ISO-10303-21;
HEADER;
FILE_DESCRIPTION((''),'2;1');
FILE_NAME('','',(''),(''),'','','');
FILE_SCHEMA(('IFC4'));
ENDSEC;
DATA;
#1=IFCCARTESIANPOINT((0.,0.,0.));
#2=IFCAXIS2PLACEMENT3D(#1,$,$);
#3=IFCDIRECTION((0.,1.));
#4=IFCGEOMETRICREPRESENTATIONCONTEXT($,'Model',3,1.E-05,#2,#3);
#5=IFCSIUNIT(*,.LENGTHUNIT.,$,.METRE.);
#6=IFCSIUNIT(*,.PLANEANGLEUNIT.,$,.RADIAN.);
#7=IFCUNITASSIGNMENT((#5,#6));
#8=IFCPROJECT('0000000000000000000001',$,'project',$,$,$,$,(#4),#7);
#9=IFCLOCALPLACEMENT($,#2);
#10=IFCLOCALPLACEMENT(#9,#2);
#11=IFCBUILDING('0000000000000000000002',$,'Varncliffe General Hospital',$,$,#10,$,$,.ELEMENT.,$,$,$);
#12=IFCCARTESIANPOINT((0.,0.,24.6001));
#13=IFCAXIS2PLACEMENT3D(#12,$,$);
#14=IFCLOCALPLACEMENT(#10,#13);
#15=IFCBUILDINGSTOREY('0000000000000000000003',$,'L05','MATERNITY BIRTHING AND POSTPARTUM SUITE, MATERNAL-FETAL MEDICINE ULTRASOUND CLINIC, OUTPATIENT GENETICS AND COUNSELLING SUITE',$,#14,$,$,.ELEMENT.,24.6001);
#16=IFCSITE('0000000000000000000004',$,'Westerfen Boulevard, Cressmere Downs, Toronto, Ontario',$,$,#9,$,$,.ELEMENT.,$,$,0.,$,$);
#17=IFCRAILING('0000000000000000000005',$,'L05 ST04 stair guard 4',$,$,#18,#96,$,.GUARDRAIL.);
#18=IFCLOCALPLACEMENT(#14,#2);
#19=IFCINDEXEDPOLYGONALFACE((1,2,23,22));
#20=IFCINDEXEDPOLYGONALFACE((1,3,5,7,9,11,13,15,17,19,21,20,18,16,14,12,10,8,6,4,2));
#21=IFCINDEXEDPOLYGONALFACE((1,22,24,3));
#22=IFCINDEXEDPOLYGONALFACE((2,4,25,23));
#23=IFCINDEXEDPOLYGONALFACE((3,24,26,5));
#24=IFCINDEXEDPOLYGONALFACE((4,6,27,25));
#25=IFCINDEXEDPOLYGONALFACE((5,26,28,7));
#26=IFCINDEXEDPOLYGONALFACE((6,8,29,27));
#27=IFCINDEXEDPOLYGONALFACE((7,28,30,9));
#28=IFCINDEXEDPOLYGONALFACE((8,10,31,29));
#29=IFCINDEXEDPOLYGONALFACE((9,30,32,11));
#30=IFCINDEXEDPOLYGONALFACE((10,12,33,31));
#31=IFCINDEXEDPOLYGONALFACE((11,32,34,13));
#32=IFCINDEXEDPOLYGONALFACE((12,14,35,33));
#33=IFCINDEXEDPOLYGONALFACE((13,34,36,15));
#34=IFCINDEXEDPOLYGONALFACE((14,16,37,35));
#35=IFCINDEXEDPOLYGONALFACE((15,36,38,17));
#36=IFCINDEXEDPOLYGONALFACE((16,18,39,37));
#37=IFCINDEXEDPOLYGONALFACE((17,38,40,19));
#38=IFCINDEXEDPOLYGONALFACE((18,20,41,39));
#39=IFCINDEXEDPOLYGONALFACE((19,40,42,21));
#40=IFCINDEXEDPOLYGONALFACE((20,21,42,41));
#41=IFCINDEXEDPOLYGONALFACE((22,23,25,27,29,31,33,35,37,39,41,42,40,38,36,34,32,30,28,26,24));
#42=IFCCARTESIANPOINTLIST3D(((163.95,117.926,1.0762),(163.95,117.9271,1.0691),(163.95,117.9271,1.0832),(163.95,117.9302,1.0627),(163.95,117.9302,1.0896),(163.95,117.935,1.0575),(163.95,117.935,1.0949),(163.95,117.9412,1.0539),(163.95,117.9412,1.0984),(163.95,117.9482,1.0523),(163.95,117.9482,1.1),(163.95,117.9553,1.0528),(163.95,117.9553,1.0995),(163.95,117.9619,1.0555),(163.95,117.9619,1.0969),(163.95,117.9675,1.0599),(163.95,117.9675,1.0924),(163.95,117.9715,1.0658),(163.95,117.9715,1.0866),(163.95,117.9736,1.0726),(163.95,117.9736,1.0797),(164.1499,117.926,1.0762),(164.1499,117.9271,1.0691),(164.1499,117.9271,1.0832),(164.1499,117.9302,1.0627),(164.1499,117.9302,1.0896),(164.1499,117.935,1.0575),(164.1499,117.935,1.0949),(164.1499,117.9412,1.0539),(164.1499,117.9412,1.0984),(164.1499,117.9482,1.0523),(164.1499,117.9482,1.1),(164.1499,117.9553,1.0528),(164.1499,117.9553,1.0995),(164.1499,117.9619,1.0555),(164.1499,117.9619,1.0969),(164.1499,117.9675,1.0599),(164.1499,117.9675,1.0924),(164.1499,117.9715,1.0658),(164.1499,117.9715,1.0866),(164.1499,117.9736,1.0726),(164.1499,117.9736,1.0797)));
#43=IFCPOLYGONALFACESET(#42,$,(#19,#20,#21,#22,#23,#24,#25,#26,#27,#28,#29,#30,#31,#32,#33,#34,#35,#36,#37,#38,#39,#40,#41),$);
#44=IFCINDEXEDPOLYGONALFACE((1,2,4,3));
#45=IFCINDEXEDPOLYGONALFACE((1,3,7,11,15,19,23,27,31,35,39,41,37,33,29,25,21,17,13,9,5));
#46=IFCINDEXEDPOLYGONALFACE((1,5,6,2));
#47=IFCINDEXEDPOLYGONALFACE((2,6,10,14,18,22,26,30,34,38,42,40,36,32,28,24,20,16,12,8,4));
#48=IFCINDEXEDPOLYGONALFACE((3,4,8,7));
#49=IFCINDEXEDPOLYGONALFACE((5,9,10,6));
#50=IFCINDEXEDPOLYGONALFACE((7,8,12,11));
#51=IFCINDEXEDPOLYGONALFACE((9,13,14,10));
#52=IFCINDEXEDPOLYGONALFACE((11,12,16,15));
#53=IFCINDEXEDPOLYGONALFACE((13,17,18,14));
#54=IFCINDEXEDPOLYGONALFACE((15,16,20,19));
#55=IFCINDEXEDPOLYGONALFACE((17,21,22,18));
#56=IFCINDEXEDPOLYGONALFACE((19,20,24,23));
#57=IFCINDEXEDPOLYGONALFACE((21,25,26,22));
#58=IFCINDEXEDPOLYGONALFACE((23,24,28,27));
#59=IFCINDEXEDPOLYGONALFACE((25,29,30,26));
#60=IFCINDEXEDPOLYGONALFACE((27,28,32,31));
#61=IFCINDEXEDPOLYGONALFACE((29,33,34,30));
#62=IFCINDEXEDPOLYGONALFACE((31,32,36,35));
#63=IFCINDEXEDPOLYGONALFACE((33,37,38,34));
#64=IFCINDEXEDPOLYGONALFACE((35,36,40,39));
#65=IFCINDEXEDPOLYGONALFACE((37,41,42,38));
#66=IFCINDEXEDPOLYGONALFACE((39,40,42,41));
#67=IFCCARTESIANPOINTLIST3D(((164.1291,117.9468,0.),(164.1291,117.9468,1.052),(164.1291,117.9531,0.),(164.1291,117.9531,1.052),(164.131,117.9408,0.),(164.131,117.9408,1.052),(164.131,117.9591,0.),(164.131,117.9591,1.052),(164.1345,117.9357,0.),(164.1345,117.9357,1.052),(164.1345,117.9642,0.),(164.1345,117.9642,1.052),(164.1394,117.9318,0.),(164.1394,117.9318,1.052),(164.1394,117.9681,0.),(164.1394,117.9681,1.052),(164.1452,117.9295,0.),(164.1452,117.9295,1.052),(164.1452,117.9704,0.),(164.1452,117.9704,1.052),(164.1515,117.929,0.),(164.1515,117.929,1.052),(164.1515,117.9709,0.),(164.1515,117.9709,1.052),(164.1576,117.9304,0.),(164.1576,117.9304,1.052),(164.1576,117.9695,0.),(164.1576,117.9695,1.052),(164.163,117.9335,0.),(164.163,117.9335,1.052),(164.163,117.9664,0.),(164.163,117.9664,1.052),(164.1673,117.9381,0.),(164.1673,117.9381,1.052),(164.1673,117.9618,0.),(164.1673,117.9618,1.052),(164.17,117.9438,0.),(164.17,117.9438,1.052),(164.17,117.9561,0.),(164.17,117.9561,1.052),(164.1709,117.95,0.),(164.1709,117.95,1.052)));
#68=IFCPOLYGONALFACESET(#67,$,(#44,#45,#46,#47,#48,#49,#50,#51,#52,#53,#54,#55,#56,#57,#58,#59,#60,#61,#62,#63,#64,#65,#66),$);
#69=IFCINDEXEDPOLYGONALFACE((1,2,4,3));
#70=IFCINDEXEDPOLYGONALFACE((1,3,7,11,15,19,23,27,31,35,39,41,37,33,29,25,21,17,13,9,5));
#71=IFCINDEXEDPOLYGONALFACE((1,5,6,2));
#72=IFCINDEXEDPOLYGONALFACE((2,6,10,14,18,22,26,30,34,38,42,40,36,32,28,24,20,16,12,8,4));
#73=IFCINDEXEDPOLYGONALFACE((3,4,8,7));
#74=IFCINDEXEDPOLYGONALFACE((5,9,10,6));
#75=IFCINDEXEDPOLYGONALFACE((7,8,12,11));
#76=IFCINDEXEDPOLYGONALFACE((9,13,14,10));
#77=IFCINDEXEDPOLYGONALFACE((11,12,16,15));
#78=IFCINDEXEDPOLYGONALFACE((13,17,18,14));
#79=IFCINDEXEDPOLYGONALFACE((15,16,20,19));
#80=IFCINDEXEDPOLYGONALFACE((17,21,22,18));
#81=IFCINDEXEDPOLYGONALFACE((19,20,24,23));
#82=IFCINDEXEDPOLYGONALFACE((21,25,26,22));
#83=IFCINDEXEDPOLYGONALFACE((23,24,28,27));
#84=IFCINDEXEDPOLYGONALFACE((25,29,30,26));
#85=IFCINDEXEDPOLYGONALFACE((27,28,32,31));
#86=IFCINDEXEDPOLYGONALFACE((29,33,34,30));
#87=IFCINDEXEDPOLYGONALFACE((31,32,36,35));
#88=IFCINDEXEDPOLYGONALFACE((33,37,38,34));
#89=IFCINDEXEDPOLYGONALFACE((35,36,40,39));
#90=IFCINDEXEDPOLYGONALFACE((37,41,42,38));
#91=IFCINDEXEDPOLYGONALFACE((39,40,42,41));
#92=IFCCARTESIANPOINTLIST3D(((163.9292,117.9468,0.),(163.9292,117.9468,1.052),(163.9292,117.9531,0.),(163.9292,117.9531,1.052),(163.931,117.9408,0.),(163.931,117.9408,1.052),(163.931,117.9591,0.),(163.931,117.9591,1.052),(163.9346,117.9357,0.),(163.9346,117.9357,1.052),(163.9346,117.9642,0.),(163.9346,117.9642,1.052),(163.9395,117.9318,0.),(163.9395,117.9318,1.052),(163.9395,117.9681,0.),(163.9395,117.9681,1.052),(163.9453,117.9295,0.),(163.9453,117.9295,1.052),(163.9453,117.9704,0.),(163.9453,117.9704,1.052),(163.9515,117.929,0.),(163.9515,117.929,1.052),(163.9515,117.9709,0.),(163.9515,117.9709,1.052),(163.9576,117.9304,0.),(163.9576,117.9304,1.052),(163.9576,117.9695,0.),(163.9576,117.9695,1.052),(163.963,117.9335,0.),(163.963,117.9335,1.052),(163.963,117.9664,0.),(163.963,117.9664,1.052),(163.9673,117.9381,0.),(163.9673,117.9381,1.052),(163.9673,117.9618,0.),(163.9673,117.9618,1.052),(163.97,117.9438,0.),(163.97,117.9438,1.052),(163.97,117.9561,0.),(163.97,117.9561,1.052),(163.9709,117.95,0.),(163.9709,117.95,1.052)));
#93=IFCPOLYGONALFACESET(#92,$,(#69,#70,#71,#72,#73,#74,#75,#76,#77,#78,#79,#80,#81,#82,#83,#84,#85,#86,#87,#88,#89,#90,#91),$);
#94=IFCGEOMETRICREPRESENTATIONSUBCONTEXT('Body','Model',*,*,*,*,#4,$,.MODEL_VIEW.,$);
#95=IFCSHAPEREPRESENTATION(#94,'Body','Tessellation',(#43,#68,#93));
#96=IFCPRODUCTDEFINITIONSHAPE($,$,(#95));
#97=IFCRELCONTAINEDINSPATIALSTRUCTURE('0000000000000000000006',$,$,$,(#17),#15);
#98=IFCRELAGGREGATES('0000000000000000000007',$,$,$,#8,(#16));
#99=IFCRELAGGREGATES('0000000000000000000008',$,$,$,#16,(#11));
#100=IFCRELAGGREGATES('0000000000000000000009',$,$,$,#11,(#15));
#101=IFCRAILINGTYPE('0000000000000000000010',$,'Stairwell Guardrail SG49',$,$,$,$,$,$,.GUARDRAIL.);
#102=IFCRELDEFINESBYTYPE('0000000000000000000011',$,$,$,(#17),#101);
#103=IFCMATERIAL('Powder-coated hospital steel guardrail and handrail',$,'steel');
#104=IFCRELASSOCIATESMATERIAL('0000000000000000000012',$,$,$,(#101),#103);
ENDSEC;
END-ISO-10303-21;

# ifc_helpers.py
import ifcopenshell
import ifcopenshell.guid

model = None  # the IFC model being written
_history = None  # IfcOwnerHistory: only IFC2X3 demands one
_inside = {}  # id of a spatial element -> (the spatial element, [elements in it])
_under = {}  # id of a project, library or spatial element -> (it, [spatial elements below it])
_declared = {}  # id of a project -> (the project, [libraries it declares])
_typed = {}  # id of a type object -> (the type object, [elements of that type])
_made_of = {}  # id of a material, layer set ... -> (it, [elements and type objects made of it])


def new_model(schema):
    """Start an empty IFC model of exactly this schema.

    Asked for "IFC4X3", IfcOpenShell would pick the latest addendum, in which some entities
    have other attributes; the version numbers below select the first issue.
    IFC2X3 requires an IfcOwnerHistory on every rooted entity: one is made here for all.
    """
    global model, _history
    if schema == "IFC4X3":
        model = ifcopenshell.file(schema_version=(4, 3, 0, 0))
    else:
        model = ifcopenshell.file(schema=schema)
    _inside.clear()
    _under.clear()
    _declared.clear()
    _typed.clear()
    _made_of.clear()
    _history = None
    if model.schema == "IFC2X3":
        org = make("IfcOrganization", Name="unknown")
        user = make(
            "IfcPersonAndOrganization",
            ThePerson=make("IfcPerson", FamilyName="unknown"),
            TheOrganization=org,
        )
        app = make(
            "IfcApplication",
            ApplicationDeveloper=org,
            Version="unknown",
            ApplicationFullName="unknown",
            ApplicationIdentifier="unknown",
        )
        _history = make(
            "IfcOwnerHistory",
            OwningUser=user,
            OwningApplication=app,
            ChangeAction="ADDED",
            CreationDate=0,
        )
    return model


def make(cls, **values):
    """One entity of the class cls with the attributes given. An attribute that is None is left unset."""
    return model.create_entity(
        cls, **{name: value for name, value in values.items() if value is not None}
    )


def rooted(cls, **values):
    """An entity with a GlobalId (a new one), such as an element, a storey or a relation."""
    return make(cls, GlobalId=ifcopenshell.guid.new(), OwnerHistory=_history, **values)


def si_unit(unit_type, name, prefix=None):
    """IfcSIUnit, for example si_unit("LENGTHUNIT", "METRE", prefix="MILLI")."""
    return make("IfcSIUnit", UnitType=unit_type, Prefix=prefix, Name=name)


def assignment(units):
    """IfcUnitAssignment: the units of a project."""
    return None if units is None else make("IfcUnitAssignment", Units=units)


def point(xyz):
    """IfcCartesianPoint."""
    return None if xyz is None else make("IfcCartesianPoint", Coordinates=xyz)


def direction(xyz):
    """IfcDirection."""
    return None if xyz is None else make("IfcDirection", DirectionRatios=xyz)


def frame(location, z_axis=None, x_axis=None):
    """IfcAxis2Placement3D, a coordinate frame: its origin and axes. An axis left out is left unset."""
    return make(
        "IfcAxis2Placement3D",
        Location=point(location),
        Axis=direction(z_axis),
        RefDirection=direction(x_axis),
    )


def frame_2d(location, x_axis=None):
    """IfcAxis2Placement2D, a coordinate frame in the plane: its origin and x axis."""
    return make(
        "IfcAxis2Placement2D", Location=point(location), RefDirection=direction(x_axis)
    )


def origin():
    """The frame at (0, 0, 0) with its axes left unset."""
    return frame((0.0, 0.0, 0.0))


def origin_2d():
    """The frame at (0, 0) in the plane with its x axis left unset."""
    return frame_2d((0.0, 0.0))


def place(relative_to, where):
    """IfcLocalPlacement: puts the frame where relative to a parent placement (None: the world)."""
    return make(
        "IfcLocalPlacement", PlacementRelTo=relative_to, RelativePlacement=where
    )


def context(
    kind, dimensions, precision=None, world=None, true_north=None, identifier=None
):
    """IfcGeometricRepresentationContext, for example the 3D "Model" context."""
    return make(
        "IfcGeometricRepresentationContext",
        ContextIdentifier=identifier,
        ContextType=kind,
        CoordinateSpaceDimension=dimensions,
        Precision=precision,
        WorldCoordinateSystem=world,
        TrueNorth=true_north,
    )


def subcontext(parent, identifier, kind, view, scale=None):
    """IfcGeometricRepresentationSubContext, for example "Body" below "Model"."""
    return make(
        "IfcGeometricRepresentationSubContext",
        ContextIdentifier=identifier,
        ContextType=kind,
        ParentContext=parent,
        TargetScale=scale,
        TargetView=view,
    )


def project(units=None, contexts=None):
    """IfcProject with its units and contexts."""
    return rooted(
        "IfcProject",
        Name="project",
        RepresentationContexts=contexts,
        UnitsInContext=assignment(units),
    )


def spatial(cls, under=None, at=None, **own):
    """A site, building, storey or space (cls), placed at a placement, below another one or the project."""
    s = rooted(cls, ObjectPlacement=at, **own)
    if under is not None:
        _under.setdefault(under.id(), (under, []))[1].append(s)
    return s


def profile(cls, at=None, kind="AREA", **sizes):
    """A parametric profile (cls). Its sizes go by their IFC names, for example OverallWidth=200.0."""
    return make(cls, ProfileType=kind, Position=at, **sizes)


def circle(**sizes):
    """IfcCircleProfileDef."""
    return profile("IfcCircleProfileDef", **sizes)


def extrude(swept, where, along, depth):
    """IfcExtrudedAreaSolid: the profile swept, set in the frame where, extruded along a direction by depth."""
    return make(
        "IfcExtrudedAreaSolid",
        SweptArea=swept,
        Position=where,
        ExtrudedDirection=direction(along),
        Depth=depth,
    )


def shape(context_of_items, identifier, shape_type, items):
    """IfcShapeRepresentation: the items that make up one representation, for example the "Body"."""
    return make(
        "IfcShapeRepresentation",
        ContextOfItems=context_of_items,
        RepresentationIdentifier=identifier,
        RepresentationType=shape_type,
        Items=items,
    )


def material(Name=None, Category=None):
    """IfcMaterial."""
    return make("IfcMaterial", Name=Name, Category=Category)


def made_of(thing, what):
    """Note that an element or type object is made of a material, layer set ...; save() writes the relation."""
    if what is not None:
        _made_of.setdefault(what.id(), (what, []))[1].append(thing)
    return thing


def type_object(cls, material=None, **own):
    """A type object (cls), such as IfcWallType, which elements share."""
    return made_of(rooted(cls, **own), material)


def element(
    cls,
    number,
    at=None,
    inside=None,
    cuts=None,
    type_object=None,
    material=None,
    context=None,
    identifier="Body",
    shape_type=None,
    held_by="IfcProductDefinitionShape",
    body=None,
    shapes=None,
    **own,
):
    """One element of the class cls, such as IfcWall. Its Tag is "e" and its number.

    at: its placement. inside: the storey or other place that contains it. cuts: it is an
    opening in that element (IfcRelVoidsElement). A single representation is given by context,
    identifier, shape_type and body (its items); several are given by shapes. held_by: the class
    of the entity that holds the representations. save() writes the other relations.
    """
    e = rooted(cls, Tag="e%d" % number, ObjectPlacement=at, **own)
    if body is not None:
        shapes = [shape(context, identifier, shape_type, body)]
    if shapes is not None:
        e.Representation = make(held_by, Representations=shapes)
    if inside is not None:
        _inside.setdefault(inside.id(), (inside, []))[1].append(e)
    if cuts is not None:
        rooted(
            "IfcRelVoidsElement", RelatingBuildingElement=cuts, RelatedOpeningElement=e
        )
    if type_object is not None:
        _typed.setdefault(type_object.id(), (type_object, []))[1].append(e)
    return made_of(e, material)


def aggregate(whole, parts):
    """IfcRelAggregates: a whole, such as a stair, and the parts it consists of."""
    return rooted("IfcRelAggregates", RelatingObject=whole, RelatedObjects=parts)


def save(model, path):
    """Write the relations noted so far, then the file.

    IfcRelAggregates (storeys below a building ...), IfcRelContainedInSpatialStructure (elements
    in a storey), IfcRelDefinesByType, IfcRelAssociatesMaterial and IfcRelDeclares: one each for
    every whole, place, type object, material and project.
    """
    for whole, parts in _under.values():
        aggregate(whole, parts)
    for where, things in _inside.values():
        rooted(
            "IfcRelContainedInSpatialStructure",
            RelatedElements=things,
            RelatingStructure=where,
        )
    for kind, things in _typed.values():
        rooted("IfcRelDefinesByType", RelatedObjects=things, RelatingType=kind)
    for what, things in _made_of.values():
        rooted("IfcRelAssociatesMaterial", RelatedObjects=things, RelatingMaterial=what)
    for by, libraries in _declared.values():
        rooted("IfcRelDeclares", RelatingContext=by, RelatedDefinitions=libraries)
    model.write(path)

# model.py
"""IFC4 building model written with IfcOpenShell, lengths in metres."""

from ifc_helpers import new_model, si_unit, direction, frame, origin, origin_2d, place, context, subcontext, project, spatial, circle, extrude, material, type_object, element, save


model = new_model("IFC4")

# Units and contexts
model_context = context("Model", 3, precision=1e-05, world=origin(), true_north=direction((0.0, 1.0)))
body_context = subcontext(model_context, "Body", "Model", "MODEL_VIEW")
ifc_project = project(units=[si_unit("LENGTHUNIT", "METRE"), si_unit("PLANEANGLEUNIT", "RADIAN")], contexts=[model_context])

# Site, building, storey
site_placement = place(None, origin())
site = spatial("IfcSite", under=ifc_project, at=site_placement, Name="Westerfen Boulevard, Cressmere Downs, Toronto, Ontario", CompositionType="ELEMENT", RefElevation=0.0)
building_placement = place(site_placement, origin())
building = spatial("IfcBuilding", under=site, at=building_placement, Name="Varncliffe General Hospital", CompositionType="ELEMENT")
storey_placement = place(building_placement, frame((0.0, 0.0, 24.6001)))
storey = spatial("IfcBuildingStorey", under=building, at=storey_placement, Name="L05", Description="MATERNITY BIRTHING AND POSTPARTUM SUITE, MATERNAL-FETAL MEDICINE ULTRASOUND CLINIC, OUTPATIENT GENETICS AND COUNSELLING SUITE", CompositionType="ELEMENT", Elevation=24.6001)

# Railing
ifc_material_1 = material(Name="Powder-coated hospital steel guardrail and handrail", Category="steel")
railing_type_1 = type_object("IfcRailingType", Name="Stairwell Guardrail SG49", PredefinedType="GUARDRAIL", material=ifc_material_1)
railing_1_placement = place(storey_placement, frame((164.1499, 117.95, 0.0)))
element("IfcRailing", 1, at=railing_1_placement, inside=storey, type_object=railing_type_1, Name="L05 ST04 stair guard 4", PredefinedType="GUARDRAIL", context=body_context, shape_type="SweptSolid", body=[
    extrude(circle(Radius=0.0239, at=origin_2d()), frame((0.0, 0.0, 1.0762), z_axis=(-1.0, 0.0, 0.0), x_axis=(0.0, -1.0, 0.0)), (0.0, 0.0, 1.0), 0.2),
    extrude(circle(Radius=0.021, at=origin_2d()), origin(), (0.0, 0.0, 1.0), 1.052),
    extrude(circle(Radius=0.021, at=origin_2d()), frame((-0.2, 0.0, 0.0)), (0.0, 0.0, 1.0), 1.052),
])

save(model, "model.ifc")
